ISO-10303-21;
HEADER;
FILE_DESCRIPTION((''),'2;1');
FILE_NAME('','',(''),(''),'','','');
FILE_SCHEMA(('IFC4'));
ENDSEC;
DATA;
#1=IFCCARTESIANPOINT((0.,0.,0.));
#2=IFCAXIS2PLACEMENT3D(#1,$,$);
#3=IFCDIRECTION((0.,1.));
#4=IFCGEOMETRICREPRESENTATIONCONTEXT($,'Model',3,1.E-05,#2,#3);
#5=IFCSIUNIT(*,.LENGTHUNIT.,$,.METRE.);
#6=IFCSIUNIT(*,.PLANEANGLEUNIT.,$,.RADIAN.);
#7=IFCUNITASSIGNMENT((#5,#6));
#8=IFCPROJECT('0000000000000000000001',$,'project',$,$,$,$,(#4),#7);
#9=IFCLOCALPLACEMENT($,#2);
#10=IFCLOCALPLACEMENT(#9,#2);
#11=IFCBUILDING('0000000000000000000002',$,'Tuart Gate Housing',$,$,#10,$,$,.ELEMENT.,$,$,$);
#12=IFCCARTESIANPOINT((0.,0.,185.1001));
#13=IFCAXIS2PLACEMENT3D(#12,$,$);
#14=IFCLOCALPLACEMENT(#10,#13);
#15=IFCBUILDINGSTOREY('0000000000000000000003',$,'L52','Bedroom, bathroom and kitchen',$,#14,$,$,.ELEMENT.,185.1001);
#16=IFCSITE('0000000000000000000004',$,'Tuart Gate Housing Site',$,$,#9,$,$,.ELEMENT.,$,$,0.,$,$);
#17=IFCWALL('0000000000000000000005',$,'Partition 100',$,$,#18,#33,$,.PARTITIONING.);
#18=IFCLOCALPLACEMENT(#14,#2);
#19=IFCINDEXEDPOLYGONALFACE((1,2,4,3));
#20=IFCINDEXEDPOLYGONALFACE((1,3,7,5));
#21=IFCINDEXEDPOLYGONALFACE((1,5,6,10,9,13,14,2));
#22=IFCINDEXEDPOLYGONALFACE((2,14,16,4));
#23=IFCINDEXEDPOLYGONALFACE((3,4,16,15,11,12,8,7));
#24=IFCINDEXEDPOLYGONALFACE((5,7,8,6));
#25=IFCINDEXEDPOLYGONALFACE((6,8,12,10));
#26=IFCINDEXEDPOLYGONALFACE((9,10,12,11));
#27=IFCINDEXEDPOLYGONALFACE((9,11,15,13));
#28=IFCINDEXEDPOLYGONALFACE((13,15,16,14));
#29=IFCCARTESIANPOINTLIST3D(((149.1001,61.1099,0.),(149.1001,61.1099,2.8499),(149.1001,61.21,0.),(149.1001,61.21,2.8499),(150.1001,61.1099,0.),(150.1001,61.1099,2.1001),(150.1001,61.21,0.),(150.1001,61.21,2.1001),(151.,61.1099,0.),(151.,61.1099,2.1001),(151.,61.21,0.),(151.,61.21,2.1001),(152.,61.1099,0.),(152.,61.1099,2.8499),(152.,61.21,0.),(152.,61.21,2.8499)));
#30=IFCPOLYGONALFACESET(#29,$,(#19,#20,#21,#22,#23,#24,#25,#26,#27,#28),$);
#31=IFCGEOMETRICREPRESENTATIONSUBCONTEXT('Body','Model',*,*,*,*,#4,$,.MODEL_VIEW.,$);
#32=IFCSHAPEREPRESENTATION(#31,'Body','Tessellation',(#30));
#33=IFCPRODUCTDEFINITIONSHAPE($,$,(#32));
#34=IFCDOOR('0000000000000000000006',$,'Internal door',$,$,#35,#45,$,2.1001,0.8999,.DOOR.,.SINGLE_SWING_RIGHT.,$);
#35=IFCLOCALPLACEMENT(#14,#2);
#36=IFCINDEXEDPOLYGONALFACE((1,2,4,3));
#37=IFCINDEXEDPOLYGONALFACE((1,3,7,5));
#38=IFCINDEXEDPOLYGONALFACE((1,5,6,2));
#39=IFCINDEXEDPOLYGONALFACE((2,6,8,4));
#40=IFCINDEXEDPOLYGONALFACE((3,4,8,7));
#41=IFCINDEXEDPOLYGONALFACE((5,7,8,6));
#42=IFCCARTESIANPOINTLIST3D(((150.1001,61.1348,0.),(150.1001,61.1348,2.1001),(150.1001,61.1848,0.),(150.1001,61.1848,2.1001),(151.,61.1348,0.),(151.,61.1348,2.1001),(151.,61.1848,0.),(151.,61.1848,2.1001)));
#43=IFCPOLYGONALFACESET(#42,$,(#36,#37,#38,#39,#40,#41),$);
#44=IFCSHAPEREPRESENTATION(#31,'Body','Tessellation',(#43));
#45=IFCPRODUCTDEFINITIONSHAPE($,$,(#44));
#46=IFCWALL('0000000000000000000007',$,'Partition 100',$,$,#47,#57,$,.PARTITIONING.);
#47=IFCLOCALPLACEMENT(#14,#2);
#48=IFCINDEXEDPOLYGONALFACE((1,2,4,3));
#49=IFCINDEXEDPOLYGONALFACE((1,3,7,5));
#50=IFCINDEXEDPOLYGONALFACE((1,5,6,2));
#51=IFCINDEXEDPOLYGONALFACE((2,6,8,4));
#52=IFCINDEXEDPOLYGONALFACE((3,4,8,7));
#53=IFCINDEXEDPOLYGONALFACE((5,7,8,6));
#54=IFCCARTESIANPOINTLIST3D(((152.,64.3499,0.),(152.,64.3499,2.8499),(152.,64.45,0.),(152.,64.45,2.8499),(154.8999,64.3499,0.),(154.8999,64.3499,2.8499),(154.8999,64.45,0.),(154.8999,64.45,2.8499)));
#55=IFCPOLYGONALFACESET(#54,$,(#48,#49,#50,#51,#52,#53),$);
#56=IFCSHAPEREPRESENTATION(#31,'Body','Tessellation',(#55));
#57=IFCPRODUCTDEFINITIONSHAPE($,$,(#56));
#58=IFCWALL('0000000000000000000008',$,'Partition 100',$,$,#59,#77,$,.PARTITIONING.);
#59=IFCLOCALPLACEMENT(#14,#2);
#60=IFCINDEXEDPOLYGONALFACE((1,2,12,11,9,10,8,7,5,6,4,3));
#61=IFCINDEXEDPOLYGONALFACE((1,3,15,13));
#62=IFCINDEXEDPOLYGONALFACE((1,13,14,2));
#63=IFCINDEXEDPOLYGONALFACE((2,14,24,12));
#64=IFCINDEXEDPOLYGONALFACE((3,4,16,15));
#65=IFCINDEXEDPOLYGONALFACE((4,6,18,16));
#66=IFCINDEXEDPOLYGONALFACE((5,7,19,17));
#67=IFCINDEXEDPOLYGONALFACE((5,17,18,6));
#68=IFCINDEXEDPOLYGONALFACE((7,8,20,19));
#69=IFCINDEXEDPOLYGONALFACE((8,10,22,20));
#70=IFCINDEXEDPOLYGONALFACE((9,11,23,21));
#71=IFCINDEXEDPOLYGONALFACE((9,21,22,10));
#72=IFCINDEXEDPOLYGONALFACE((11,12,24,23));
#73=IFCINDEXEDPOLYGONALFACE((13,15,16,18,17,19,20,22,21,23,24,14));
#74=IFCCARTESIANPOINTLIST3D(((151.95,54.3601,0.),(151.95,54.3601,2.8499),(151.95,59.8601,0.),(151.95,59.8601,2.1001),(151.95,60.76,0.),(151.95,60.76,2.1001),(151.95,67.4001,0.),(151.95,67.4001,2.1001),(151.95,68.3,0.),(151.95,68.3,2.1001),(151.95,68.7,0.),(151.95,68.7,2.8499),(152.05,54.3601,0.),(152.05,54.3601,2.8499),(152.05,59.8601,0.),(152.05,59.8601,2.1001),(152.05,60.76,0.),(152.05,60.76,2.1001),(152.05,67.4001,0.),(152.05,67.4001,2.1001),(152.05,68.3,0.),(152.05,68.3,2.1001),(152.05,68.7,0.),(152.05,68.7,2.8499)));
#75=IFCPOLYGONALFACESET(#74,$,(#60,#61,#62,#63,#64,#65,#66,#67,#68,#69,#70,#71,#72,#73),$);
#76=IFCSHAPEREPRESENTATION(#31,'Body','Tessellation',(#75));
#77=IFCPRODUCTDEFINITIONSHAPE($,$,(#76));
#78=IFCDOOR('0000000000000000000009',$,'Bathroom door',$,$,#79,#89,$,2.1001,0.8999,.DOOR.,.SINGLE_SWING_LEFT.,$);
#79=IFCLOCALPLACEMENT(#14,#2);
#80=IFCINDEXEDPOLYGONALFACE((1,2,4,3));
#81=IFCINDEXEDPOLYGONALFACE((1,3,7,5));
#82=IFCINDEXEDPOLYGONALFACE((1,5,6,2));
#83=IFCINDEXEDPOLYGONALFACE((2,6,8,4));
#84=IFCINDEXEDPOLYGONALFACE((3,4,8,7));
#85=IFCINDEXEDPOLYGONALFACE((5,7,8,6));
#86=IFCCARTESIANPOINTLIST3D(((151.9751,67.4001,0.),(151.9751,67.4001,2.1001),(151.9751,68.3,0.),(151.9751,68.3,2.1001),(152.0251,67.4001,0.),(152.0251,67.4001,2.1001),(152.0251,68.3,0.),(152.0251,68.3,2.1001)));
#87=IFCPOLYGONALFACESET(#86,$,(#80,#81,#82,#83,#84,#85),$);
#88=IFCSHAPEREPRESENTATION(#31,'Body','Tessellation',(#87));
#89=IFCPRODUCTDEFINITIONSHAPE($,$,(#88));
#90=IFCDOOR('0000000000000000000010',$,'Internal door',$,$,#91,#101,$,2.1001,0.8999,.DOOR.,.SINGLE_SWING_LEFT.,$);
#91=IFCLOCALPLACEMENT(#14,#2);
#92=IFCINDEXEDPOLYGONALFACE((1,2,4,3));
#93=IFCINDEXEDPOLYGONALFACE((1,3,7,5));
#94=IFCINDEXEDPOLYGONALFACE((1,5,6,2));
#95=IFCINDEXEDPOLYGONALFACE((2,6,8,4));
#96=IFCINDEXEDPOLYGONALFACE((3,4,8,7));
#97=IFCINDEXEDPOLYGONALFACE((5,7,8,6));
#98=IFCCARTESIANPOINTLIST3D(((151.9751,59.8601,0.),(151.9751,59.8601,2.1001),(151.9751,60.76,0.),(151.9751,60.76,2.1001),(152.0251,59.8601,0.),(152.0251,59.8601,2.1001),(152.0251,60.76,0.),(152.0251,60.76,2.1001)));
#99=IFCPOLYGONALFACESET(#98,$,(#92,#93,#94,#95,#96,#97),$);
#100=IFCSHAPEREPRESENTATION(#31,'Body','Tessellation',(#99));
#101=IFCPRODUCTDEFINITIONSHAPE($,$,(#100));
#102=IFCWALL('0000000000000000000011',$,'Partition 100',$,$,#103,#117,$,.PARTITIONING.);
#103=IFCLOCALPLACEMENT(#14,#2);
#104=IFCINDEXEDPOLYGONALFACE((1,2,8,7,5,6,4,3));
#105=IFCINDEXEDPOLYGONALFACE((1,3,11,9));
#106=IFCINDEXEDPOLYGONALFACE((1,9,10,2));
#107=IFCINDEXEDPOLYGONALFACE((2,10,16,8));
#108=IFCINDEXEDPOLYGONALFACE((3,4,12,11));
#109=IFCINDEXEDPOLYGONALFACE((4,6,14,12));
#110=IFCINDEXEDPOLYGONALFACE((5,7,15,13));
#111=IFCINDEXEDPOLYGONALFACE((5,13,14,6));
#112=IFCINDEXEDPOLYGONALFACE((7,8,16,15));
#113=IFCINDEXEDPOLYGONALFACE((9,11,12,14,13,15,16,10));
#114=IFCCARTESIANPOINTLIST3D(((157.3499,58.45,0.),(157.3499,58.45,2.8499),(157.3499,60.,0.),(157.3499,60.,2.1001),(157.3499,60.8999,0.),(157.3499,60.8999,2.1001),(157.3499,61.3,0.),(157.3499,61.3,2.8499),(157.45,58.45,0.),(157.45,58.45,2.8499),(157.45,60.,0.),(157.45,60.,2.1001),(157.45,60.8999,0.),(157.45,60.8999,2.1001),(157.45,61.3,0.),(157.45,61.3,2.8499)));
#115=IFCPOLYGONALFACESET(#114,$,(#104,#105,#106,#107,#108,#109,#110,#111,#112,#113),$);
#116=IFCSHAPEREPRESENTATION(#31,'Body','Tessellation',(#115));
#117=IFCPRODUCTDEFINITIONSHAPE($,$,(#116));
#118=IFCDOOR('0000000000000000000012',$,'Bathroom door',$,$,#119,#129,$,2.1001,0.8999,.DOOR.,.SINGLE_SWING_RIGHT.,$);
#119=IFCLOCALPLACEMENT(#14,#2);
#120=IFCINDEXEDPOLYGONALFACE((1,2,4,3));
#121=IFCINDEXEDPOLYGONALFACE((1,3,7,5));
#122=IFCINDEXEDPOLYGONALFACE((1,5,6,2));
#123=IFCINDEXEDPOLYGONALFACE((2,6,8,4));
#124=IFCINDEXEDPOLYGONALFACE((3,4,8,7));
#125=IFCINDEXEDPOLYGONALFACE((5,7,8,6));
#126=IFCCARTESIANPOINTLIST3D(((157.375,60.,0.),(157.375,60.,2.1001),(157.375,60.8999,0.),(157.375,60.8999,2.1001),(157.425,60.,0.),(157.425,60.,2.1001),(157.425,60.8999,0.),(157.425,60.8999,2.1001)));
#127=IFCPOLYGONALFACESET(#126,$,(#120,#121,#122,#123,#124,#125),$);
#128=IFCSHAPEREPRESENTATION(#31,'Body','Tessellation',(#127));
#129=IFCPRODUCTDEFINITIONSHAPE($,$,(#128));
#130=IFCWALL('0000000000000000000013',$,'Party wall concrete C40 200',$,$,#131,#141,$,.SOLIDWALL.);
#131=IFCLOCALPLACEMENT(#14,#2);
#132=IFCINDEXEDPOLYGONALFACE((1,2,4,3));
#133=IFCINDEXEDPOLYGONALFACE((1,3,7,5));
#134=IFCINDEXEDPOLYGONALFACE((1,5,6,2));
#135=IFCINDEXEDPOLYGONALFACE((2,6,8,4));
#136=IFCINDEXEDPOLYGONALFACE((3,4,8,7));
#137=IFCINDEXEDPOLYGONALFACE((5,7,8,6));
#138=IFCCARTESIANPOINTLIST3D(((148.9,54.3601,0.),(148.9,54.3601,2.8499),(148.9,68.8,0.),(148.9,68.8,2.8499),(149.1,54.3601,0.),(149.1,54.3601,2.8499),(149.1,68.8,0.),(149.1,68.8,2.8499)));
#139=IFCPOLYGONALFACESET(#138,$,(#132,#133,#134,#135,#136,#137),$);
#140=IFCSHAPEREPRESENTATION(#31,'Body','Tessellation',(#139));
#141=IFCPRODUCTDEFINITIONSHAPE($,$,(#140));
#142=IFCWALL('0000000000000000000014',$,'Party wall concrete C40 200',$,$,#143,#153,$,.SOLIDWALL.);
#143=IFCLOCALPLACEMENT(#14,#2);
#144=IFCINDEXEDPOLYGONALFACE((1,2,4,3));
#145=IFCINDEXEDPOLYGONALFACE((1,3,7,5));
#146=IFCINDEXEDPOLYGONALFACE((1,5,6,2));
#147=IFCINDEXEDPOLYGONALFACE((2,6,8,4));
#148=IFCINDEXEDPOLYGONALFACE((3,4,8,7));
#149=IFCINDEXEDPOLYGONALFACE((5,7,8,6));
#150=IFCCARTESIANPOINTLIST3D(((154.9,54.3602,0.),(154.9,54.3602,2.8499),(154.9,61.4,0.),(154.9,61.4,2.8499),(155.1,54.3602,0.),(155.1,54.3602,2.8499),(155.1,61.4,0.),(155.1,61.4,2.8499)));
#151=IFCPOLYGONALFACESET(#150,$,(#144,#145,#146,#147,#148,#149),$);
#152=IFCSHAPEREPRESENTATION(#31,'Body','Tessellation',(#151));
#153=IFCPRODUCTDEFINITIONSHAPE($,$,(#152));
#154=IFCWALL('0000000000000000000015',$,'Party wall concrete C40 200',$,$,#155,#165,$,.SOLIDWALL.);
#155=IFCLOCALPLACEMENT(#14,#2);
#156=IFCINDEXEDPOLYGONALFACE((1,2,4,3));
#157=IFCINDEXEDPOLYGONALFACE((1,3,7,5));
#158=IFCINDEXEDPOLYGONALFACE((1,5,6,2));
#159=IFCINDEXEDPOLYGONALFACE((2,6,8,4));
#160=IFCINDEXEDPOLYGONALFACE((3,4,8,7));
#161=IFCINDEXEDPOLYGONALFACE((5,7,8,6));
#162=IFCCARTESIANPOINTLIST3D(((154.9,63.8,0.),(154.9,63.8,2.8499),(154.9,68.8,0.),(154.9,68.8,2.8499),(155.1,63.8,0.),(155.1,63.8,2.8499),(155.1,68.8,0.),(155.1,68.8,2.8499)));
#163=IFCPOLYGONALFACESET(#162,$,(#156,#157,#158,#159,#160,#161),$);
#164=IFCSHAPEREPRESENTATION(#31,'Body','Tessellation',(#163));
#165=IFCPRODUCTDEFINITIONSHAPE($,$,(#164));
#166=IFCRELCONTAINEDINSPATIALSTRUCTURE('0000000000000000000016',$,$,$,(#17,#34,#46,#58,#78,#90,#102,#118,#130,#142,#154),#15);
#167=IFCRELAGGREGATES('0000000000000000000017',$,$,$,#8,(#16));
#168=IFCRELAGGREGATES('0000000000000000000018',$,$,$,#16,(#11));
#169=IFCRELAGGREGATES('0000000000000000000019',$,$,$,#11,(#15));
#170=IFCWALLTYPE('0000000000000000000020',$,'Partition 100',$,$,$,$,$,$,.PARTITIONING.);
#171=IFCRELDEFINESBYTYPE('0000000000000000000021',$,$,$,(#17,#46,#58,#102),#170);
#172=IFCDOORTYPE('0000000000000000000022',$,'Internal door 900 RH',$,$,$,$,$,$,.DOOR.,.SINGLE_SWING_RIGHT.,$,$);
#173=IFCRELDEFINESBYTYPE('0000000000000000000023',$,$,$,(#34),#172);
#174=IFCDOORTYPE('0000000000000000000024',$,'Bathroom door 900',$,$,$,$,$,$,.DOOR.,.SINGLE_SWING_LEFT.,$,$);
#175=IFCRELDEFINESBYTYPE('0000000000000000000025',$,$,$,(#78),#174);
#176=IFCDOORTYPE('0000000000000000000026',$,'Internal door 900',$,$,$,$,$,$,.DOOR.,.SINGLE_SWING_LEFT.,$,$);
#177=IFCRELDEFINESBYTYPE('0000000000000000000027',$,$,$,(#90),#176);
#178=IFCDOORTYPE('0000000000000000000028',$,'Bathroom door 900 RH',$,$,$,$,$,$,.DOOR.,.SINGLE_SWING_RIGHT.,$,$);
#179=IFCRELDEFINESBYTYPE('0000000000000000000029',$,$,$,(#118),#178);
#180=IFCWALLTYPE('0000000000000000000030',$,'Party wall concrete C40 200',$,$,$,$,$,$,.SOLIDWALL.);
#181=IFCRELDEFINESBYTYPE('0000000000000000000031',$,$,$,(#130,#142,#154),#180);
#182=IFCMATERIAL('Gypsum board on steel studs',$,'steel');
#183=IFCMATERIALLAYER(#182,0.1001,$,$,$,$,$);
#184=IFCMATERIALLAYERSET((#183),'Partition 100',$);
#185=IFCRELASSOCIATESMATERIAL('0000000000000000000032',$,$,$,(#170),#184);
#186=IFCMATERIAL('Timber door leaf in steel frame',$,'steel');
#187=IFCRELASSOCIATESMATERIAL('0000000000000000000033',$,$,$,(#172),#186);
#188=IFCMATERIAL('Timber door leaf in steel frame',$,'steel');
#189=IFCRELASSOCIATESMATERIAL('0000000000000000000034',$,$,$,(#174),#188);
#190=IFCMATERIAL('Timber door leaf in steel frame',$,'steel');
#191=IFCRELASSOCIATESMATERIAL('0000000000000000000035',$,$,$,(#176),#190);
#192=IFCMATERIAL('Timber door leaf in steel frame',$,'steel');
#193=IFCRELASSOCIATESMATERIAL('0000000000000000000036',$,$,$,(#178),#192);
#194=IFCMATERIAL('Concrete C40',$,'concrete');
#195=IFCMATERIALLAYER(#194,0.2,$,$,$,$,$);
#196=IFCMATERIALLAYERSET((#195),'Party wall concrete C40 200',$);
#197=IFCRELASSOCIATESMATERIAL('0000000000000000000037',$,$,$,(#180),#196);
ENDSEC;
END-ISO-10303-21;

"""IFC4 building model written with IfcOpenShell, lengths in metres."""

from ifc_helpers import new_model, si_unit, direction, frame, frame_2d, origin, place, context, subcontext, project, spatial, rectangle, extrude, material, layer, layer_set, type_object, element, fill, save


model = new_model("IFC4")

# Units and contexts
model_context = context("Model", 3, precision=1e-05, world=origin(), true_north=direction((0.0, 1.0)))
body_context = subcontext(model_context, "Body", "Model", "MODEL_VIEW")
ifc_project = project(units=[si_unit("LENGTHUNIT", "METRE"), si_unit("PLANEANGLEUNIT", "RADIAN")], contexts=[model_context])

# Site, building, storey
site_placement = place(None, origin())
site = spatial("IfcSite", under=ifc_project, at=site_placement, Name="Tuart Gate Housing Site", CompositionType="ELEMENT", RefElevation=0.0)
building_placement = place(site_placement, origin())
building = spatial("IfcBuilding", under=site, at=building_placement, Name="Tuart Gate Housing", CompositionType="ELEMENT")
storey_placement = place(building_placement, frame((0.0, 0.0, 185.1001)))
storey = spatial("IfcBuildingStorey", under=building, at=storey_placement, Name="L52", Description="Bedroom, bathroom and kitchen", CompositionType="ELEMENT", Elevation=185.1001)

# Shared definitions
ifc_material_1 = material(Name="Gypsum board on steel studs", Category="steel")
ifc_layer_1 = layer(ifc_material_1, 0.1001)
ifc_layer_set_1 = layer_set([ifc_layer_1], Name="Partition 100")
wall_type_1 = type_object("IfcWallType", Name="Partition 100", PredefinedType="PARTITIONING", material=ifc_layer_set_1)

# Wall, opening, door
wall_1_placement = place(storey_placement, frame((149.1001, 61.1599, 0.0), z_axis=(0.0, 0.0, 1.0), x_axis=(1.0, 0.0, 0.0)))
wall_1 = element("IfcWall", 1, at=wall_1_placement, inside=storey, type_object=wall_type_1, Name="Partition 100", PredefinedType="PARTITIONING", context=body_context, shape_type="SweptSolid", body=[
    extrude(rectangle(XDim=2.8999, YDim=0.1001, at=frame_2d((1.45, 0.0))), origin(), (0.0, 0.0, 1.0), 2.8499),
])
opening_1_placement = place(wall_1_placement, frame((1.0, 0.0, 0.0)))
opening_1 = element("IfcOpeningElement", 2, at=opening_1_placement, cuts=wall_1, PredefinedType="OPENING", context=body_context, shape_type="SweptSolid", body=[
    extrude(rectangle(XDim=0.8999, YDim=2.1001, at=frame_2d((0.45, 1.05))), frame((0.0, 0.0601, 0.0), z_axis=(0.0, -1.0, 0.0), x_axis=(1.0, 0.0, 0.0)), (0.0, 0.0, 1.0), 0.1201),
])
ifc_material_2 = material(Name="Timber door leaf in steel frame", Category="steel")
door_type_1 = type_object("IfcDoorType", Name="Internal door 900 RH", OperationType="SINGLE_SWING_RIGHT", PredefinedType="DOOR", material=ifc_material_2)
door_1_placement = place(opening_1_placement, origin())
door_1 = element("IfcDoor", 3, at=door_1_placement, inside=storey, type_object=door_type_1, Name="Internal door", OperationType="SINGLE_SWING_RIGHT", OverallHeight=2.1001, OverallWidth=0.8999, PredefinedType="DOOR", context=body_context, shape_type="SweptSolid", body=[
    extrude(rectangle(XDim=0.8999, YDim=2.1001, at=frame_2d((0.45, 1.05))), frame((0.0, 0.0249, 0.0), z_axis=(0.0, -1.0, 0.0), x_axis=(1.0, 0.0, 0.0)), (0.0, 0.0, 1.0), 0.05),
])
fill(opening_1, door_1)

# Wall
wall_2_placement = place(storey_placement, frame((152.0, 64.3999, 0.0), z_axis=(0.0, 0.0, 1.0), x_axis=(1.0, 0.0, 0.0)))
element("IfcWall", 4, at=wall_2_placement, inside=storey, type_object=wall_type_1, Name="Partition 100", PredefinedType="PARTITIONING", context=body_context, shape_type="SweptSolid", body=[
    extrude(rectangle(XDim=2.8999, YDim=0.1001, at=frame_2d((1.45, 0.0))), origin(), (0.0, 0.0, 1.0), 2.8499),
])

# Wall, openings, doors
wall_3_placement = place(storey_placement, frame((152.0, 54.3601, 0.0), z_axis=(0.0, 0.0, 1.0), x_axis=(0.0, 1.0, 0.0)))
wall_3 = element("IfcWall", 5, at=wall_3_placement, inside=storey, type_object=wall_type_1, Name="Partition 100", PredefinedType="PARTITIONING", context=body_context, shape_type="SweptSolid", body=[
    extrude(rectangle(XDim=14.3398, YDim=0.1001, at=frame_2d((7.1699, 0.0))), origin(), (0.0, 0.0, 1.0), 2.8499),
])
opening_2_placement = place(wall_3_placement, frame((5.5, 0.0, 0.0)))
opening_2 = element("IfcOpeningElement", 6, at=opening_2_placement, cuts=wall_3, PredefinedType="OPENING", context=body_context, shape_type="SweptSolid", body=[
    extrude(rectangle(XDim=0.8999, YDim=2.1001, at=frame_2d((0.45, 1.05))), frame((0.0, 0.0601, 0.0), z_axis=(0.0, -1.0, 0.0), x_axis=(1.0, 0.0, 0.0)), (0.0, 0.0, 1.0), 0.1201),
])
opening_3_placement = place(wall_3_placement, frame((13.04, 0.0, 0.0)))
opening_3 = element("IfcOpeningElement", 7, at=opening_3_placement, cuts=wall_3, PredefinedType="OPENING", context=body_context, shape_type="SweptSolid", body=[
    extrude(rectangle(XDim=0.8999, YDim=2.1001, at=frame_2d((0.45, 1.05))), frame((0.0, 0.0601, 0.0), z_axis=(0.0, -1.0, 0.0), x_axis=(1.0, 0.0, 0.0)), (0.0, 0.0, 1.0), 0.1201),
])
ifc_material_3 = material(Name="Timber door leaf in steel frame", Category="steel")
door_type_2 = type_object("IfcDoorType", Name="Bathroom door 900", OperationType="SINGLE_SWING_LEFT", PredefinedType="DOOR", material=ifc_material_3)
door_2_placement = place(opening_3_placement, frame((0.8999, 0.0, 0.0), z_axis=(0.0, 0.0, 1.0), x_axis=(-1.0, 0.0, 0.0)))
door_2 = element("IfcDoor", 8, at=door_2_placement, inside=storey, type_object=door_type_2, Name="Bathroom door", OperationType="SINGLE_SWING_LEFT", OverallHeight=2.1001, OverallWidth=0.8999, PredefinedType="DOOR", context=body_context, shape_type="SweptSolid", body=[
    extrude(rectangle(XDim=0.8999, YDim=2.1001, at=frame_2d((0.45, 1.05))), frame((0.0, 0.0251, 0.0), z_axis=(0.0, -1.0, 0.0), x_axis=(1.0, 0.0, 0.0)), (0.0, 0.0, 1.0), 0.05),
])
fill(opening_3, door_2)
ifc_material_4 = material(Name="Timber door leaf in steel frame", Category="steel")
door_type_3 = type_object("IfcDoorType", Name="Internal door 900", OperationType="SINGLE_SWING_LEFT", PredefinedType="DOOR", material=ifc_material_4)
door_3_placement = place(opening_2_placement, frame((0.8999, 0.0, 0.0), z_axis=(0.0, 0.0, 1.0), x_axis=(-1.0, 0.0, 0.0)))
door_3 = element("IfcDoor", 9, at=door_3_placement, inside=storey, type_object=door_type_3, Name="Internal door", OperationType="SINGLE_SWING_LEFT", OverallHeight=2.1001, OverallWidth=0.8999, PredefinedType="DOOR", context=body_context, shape_type="SweptSolid", body=[
    extrude(rectangle(XDim=0.8999, YDim=2.1001, at=frame_2d((0.45, 1.05))), frame((0.0, 0.0251, 0.0), z_axis=(0.0, -1.0, 0.0), x_axis=(1.0, 0.0, 0.0)), (0.0, 0.0, 1.0), 0.05),
])
fill(opening_2, door_3)

# Wall, opening, door
wall_4_placement = place(storey_placement, frame((157.3999, 58.45, 0.0), z_axis=(0.0, 0.0, 1.0), x_axis=(0.0, 1.0, 0.0)))
wall_4 = element("IfcWall", 10, at=wall_4_placement, inside=storey, type_object=wall_type_1, Name="Partition 100", PredefinedType="PARTITIONING", context=body_context, shape_type="SweptSolid", body=[
    extrude(rectangle(XDim=2.8501, YDim=0.1001, at=frame_2d((1.425, 0.0))), origin(), (0.0, 0.0, 1.0), 2.8499),
])
opening_4_placement = place(wall_4_placement, frame((1.55, 0.0, 0.0)))
opening_4 = element("IfcOpeningElement", 11, at=opening_4_placement, cuts=wall_4, PredefinedType="OPENING", context=body_context, shape_type="SweptSolid", body=[
    extrude(rectangle(XDim=0.8999, YDim=2.1001, at=frame_2d((0.45, 1.05))), frame((0.0, 0.0601, 0.0), z_axis=(0.0, -1.0, 0.0), x_axis=(1.0, 0.0, 0.0)), (0.0, 0.0, 1.0), 0.1201),
])
ifc_material_5 = material(Name="Timber door leaf in steel frame", Category="steel")
door_type_4 = type_object("IfcDoorType", Name="Bathroom door 900 RH", OperationType="SINGLE_SWING_RIGHT", PredefinedType="DOOR", material=ifc_material_5)
door_4_placement = place(opening_4_placement, origin())
door_4 = element("IfcDoor", 12, at=door_4_placement, inside=storey, type_object=door_type_4, Name="Bathroom door", OperationType="SINGLE_SWING_RIGHT", OverallHeight=2.1001, OverallWidth=0.8999, PredefinedType="DOOR", context=body_context, shape_type="SweptSolid", body=[
    extrude(rectangle(XDim=0.8999, YDim=2.1001, at=frame_2d((0.45, 1.05))), frame((0.0, 0.0249, 0.0), z_axis=(0.0, -1.0, 0.0), x_axis=(1.0, 0.0, 0.0)), (0.0, 0.0, 1.0), 0.05),
])
fill(opening_4, door_4)

# Walls
ifc_material_6 = material(Name="Concrete C40", Category="concrete")
ifc_layer_2 = layer(ifc_material_6, 0.2)
ifc_layer_set_2 = layer_set([ifc_layer_2], Name="Party wall concrete C40 200")
wall_type_2 = type_object("IfcWallType", Name="Party wall concrete C40 200", PredefinedType="SOLIDWALL", material=ifc_layer_set_2)
wall_5_placement = place(storey_placement, frame((149.0, 54.3601, 0.0), z_axis=(0.0, 0.0, 1.0), x_axis=(0.0, 1.0, 0.0)))
element("IfcWall", 13, at=wall_5_placement, inside=storey, type_object=wall_type_2, Name="Party wall concrete C40 200", PredefinedType="SOLIDWALL", context=body_context, shape_type="SweptSolid", body=[
    extrude(rectangle(XDim=14.4399, YDim=0.2, at=frame_2d((7.22, 0.0))), origin(), (0.0, 0.0, 1.0), 2.8499),
])
wall_6_placement = place(storey_placement, frame((155.0, 54.3601, 0.0), z_axis=(0.0, 0.0, 1.0), x_axis=(0.0, 1.0, 0.0)))
element("IfcWall", 14, at=wall_6_placement, inside=storey, type_object=wall_type_2, Name="Party wall concrete C40 200", PredefinedType="SOLIDWALL", context=body_context, shape_type="SweptSolid", body=[
    extrude(rectangle(XDim=7.0398, YDim=0.2, at=frame_2d((3.52, 0.0))), origin(), (0.0, 0.0, 1.0), 2.8499),
])
wall_7_placement = place(storey_placement, frame((155.0, 63.8, 0.0), z_axis=(0.0, 0.0, 1.0), x_axis=(0.0, 1.0, 0.0)))
element("IfcWall", 15, at=wall_7_placement, inside=storey, type_object=wall_type_2, Name="Party wall concrete C40 200", PredefinedType="SOLIDWALL", context=body_context, shape_type="SweptSolid", body=[
    extrude(rectangle(XDim=5.0, YDim=0.2, at=frame_2d((2.5, 0.0))), origin(), (0.0, 0.0, 1.0), 2.8499),
])

save(model, "model.ifc")
